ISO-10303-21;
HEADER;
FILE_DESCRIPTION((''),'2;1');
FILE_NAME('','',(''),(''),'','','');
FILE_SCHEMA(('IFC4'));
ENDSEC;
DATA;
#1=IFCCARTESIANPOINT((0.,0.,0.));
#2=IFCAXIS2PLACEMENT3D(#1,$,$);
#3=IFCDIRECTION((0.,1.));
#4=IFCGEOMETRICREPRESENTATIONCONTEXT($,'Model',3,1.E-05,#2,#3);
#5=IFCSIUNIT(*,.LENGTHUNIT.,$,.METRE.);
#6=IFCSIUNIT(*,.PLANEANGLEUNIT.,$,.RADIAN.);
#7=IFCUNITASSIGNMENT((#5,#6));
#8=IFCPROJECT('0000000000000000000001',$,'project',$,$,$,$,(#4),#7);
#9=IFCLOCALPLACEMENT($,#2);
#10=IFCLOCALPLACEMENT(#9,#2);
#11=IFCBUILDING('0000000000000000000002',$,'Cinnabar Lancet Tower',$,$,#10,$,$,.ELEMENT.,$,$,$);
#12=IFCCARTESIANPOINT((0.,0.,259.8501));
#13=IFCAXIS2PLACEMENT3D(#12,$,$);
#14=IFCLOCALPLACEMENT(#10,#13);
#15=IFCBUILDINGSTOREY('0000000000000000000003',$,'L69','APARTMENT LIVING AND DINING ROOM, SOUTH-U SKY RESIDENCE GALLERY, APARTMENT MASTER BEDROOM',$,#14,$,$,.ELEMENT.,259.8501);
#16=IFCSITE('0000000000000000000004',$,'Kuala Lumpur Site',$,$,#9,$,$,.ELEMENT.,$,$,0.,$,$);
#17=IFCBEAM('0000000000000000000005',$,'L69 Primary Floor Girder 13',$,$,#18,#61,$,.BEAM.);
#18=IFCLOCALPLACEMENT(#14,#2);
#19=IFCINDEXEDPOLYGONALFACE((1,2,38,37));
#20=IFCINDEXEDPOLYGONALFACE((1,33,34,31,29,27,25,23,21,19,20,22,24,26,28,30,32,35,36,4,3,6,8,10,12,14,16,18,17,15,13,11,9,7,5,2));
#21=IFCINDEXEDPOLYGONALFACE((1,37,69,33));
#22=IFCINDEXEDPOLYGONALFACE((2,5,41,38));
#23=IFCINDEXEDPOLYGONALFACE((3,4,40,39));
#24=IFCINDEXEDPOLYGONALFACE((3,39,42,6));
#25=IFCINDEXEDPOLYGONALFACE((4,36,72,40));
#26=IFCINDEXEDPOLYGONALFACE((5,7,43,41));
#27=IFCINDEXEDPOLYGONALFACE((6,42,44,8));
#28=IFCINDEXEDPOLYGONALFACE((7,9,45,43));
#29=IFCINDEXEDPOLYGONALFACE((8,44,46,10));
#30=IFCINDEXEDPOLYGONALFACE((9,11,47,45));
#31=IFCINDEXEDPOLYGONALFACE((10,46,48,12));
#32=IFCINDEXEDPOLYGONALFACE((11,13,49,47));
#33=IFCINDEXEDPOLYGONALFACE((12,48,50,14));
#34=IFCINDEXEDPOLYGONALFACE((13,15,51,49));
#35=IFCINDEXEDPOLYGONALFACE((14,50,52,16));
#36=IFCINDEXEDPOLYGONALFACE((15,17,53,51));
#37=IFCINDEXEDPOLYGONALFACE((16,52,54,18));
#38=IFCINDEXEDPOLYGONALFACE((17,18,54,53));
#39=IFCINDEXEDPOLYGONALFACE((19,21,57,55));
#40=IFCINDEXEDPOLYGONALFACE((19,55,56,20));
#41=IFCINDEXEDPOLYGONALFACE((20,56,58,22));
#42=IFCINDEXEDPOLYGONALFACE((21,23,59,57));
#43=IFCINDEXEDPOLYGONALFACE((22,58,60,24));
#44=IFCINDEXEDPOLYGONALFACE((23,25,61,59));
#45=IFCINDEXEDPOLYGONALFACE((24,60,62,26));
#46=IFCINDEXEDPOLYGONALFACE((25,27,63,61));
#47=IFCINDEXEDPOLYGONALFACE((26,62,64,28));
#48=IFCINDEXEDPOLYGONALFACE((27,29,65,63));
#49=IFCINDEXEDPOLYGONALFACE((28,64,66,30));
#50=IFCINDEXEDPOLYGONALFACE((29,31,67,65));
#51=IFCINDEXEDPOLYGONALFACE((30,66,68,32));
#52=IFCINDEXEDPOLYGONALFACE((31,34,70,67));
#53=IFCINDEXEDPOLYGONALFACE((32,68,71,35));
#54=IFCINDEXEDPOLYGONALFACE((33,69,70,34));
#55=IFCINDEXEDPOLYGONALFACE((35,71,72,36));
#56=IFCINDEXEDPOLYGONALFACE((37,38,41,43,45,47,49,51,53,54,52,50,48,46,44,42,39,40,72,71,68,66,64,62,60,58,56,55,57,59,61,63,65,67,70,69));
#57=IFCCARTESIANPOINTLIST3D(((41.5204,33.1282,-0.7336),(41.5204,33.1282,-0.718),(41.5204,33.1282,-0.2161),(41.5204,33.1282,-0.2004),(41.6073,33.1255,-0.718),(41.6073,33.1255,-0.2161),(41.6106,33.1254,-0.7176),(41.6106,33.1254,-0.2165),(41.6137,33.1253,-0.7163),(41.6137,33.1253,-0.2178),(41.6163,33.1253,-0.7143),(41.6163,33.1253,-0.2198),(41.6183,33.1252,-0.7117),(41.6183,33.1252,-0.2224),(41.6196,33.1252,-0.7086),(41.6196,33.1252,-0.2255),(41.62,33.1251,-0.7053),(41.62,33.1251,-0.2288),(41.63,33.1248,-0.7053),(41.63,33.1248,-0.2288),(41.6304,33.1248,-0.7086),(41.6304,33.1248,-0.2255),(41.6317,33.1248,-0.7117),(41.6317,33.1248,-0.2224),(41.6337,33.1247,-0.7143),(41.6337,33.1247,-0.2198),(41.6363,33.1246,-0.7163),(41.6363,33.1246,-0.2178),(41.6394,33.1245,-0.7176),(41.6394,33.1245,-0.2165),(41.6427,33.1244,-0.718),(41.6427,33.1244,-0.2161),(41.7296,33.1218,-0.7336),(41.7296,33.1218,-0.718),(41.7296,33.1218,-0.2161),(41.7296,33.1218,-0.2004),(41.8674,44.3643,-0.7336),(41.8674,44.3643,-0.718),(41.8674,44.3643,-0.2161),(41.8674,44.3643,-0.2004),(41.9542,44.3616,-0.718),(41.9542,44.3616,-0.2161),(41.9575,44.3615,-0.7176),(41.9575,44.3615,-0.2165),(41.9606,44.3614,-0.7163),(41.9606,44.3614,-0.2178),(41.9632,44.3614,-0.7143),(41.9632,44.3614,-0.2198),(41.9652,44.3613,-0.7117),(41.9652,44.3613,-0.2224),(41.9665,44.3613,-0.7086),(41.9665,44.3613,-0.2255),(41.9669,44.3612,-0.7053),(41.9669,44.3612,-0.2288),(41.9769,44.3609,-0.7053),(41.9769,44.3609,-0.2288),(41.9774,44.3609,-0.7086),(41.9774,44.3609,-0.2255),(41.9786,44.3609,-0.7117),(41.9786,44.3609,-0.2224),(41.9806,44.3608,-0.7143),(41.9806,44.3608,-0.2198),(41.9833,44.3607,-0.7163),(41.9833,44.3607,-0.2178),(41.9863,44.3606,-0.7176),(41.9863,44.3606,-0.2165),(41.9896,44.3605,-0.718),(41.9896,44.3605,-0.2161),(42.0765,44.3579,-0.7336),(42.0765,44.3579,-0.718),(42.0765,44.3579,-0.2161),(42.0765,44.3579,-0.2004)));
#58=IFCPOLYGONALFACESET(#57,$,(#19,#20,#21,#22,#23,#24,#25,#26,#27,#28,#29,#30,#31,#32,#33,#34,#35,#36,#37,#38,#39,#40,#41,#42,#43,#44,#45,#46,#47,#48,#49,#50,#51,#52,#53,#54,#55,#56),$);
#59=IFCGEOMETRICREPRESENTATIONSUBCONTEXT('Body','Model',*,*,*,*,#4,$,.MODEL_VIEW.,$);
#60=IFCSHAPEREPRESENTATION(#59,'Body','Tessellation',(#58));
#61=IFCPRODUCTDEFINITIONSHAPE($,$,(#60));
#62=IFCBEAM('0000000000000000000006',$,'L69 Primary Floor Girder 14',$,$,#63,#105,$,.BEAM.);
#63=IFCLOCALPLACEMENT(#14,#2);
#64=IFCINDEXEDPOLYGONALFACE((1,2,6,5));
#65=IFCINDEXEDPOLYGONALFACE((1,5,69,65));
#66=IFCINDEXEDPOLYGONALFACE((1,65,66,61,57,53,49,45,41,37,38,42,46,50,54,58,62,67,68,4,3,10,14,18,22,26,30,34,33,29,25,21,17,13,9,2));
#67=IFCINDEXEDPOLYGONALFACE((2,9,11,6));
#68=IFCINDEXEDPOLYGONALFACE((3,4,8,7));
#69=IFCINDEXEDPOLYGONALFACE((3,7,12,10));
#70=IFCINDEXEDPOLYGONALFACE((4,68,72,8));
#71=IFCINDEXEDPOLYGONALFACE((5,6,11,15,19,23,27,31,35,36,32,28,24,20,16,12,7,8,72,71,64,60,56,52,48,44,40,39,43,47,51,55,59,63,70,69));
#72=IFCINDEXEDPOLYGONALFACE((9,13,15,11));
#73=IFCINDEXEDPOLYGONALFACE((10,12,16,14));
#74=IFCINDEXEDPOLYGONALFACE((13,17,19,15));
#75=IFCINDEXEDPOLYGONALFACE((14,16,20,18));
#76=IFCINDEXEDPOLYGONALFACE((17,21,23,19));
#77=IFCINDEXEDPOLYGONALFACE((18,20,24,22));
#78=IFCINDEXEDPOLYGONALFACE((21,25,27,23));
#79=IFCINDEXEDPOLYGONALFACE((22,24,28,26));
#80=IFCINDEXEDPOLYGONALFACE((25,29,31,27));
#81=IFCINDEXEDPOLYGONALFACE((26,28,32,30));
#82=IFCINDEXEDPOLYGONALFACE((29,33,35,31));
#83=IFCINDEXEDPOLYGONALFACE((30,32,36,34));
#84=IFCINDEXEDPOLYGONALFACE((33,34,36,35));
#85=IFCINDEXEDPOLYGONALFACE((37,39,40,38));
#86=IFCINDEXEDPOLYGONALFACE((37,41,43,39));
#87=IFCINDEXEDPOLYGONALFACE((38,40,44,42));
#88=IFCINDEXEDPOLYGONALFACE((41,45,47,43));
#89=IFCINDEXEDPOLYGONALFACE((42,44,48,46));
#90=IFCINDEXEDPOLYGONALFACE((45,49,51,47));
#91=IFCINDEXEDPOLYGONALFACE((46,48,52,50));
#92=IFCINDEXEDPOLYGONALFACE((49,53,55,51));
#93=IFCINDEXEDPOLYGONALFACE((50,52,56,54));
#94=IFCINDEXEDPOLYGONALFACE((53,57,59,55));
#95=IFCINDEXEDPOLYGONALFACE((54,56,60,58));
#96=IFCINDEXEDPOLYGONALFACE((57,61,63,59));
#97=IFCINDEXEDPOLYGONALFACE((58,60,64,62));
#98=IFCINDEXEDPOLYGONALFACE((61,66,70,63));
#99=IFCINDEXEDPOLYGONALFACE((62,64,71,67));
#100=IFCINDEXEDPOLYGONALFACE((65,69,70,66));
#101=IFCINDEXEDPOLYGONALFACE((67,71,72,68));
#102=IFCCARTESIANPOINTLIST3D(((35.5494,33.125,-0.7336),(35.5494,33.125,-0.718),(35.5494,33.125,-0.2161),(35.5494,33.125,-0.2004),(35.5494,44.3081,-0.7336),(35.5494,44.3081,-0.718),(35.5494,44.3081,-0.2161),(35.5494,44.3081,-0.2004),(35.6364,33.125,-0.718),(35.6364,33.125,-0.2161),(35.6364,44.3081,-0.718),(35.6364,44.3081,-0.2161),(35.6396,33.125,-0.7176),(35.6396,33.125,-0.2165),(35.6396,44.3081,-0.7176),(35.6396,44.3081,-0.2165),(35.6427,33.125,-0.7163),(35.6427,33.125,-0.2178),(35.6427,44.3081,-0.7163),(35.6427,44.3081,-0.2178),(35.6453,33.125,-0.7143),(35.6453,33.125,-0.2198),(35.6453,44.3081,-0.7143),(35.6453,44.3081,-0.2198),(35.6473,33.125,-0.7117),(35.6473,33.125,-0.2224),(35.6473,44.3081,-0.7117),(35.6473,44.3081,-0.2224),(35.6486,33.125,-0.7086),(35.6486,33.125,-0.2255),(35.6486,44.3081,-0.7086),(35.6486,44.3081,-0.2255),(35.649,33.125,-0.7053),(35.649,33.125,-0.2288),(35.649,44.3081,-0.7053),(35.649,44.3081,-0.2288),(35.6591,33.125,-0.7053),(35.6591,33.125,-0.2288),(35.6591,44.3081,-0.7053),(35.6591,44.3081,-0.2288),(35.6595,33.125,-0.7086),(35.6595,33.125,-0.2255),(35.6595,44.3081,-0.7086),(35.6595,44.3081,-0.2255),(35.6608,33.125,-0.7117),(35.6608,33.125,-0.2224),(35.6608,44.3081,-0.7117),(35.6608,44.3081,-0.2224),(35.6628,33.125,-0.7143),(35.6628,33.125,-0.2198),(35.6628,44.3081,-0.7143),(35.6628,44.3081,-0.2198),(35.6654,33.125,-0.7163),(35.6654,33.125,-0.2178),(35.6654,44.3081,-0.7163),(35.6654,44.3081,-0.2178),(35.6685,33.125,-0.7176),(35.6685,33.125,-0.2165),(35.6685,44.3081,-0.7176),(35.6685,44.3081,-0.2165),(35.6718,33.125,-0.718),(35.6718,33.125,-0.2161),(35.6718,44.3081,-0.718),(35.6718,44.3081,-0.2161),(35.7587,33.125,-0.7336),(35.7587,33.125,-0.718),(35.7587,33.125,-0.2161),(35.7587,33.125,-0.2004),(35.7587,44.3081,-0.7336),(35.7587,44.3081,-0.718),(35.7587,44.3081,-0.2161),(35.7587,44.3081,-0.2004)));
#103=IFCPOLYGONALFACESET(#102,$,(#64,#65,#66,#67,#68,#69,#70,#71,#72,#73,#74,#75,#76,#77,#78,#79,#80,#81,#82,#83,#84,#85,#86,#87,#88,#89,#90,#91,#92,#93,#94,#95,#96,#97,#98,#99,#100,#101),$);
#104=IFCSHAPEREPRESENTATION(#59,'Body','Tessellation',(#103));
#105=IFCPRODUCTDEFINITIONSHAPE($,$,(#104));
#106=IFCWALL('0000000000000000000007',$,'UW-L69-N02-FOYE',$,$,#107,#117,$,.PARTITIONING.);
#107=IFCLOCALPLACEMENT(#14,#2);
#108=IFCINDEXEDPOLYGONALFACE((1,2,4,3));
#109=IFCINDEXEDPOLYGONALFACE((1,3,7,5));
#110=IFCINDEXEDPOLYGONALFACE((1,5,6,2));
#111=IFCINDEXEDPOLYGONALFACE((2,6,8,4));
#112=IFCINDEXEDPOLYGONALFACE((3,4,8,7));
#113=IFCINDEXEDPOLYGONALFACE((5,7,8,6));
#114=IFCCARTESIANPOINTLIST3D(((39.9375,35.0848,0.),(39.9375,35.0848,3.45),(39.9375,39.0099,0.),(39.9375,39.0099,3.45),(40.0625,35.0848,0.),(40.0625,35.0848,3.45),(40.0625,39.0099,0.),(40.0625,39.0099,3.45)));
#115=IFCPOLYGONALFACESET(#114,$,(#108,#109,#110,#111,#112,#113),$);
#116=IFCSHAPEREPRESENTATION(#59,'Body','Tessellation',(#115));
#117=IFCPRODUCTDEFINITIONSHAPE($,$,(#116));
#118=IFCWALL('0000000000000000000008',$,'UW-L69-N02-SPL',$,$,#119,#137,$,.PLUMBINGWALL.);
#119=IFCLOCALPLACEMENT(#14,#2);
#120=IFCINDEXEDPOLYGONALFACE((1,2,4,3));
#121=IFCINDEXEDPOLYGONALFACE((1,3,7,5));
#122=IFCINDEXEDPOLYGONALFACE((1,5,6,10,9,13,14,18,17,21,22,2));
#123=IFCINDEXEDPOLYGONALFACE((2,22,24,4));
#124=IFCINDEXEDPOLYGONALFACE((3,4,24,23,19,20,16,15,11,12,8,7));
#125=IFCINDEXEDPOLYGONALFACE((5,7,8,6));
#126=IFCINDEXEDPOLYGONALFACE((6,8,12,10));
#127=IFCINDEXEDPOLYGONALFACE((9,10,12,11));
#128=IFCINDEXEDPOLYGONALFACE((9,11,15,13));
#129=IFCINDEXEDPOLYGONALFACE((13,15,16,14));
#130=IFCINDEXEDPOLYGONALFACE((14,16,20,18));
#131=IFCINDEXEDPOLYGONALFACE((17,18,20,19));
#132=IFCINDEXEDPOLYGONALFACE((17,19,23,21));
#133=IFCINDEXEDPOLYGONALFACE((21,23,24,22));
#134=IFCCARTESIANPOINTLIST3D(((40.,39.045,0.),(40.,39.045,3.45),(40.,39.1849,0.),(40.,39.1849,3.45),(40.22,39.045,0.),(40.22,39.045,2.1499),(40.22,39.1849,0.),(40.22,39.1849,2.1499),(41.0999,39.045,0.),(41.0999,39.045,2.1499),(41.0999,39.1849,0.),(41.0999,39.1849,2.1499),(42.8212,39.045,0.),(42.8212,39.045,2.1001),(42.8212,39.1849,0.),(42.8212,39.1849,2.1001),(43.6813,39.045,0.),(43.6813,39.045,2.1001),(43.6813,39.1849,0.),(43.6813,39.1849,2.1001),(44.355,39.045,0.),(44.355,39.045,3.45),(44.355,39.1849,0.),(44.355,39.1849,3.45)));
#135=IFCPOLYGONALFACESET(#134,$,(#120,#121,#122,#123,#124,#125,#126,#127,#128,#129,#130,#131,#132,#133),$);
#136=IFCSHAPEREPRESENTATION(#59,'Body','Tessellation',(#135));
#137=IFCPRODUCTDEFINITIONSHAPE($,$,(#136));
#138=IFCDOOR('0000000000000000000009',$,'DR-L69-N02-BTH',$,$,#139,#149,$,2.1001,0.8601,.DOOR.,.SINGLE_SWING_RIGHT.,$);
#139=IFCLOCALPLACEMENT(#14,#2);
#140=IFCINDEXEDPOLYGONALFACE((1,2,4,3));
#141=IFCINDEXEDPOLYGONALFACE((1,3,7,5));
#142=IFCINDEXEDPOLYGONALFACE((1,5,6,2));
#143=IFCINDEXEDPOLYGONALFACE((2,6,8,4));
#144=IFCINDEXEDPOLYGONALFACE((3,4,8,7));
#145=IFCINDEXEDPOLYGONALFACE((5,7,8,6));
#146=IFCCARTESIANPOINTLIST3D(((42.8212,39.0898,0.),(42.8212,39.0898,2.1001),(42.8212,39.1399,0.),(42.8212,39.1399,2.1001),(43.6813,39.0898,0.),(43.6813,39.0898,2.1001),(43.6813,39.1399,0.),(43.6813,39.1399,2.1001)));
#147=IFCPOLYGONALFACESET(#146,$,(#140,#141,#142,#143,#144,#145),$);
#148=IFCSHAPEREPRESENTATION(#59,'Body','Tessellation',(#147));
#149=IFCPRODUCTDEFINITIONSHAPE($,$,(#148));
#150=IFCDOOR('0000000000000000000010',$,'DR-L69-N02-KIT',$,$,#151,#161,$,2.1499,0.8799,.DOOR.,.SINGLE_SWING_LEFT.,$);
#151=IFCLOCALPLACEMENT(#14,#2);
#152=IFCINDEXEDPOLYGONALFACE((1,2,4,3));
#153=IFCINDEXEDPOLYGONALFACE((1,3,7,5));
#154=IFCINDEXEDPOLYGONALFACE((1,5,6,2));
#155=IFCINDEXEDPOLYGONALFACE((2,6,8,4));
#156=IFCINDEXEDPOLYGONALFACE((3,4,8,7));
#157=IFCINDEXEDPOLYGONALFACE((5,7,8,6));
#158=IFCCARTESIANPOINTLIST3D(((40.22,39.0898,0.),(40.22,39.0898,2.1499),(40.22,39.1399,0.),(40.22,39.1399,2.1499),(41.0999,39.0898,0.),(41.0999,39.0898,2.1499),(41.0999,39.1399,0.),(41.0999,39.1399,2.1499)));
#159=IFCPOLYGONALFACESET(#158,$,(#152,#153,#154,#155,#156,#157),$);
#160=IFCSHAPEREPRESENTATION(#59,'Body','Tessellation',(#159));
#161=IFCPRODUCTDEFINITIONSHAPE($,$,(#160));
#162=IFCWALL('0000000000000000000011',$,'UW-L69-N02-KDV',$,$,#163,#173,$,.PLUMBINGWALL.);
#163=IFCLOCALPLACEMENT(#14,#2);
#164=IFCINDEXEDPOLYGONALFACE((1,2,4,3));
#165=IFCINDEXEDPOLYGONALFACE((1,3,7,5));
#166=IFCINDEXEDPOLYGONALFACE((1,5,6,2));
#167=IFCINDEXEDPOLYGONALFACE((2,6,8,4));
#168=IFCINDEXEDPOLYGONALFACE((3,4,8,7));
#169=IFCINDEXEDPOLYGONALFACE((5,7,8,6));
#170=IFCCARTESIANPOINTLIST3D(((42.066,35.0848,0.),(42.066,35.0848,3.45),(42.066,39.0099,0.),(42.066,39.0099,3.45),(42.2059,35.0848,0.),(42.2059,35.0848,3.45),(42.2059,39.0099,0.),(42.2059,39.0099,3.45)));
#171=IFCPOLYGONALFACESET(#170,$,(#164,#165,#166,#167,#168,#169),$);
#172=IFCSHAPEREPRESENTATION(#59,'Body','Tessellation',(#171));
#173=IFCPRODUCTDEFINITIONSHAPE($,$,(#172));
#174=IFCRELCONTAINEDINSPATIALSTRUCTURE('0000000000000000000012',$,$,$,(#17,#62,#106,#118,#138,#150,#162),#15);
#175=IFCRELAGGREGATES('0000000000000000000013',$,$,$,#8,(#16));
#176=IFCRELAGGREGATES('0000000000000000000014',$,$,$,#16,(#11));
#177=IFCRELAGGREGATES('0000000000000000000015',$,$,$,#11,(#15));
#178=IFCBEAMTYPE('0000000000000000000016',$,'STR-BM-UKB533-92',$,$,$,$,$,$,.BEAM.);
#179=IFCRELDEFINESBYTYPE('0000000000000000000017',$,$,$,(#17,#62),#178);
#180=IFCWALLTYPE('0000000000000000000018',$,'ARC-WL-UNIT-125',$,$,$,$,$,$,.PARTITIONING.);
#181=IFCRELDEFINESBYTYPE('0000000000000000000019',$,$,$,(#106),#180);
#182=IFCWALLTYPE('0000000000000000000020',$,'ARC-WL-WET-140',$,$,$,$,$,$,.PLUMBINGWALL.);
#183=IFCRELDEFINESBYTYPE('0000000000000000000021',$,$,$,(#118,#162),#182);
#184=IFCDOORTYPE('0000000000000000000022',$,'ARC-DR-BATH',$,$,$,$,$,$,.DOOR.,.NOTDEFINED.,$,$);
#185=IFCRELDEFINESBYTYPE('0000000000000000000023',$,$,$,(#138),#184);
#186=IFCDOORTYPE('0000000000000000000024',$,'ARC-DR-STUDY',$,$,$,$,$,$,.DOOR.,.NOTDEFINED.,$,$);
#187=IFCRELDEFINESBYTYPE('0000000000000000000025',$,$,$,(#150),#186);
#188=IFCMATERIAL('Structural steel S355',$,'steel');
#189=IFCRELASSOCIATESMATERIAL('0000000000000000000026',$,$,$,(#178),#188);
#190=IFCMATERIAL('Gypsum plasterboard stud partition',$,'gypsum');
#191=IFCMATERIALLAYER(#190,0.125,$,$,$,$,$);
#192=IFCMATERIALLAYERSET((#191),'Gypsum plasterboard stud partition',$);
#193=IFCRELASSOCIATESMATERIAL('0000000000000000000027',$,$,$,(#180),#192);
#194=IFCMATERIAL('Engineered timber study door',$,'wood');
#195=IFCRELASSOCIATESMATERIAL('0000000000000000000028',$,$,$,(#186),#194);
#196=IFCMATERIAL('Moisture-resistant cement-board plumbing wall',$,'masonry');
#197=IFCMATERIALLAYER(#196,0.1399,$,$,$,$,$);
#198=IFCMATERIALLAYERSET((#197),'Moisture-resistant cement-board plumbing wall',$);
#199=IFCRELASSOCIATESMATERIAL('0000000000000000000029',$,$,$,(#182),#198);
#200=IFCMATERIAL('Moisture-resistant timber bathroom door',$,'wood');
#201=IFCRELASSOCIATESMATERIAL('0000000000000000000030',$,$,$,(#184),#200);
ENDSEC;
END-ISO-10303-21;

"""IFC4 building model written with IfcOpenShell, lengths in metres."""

from ifc_helpers import new_model, si_unit, direction, frame, frame_2d, origin, origin_2d, place, context, subcontext, project, spatial, rectangle, i_section, extrude, material, layer, layer_set, material_profile, profile_set, type_object, element, fill, save


model = new_model("IFC4")

# Units and contexts
model_context = context("Model", 3, precision=1e-05, world=origin(), true_north=direction((0.0, 1.0)))
body_context = subcontext(model_context, "Body", "Model", "MODEL_VIEW")
ifc_project = project(units=[si_unit("LENGTHUNIT", "METRE"), si_unit("PLANEANGLEUNIT", "RADIAN")], contexts=[model_context])

# Site, building, storey
site_placement = place(None, origin())
site = spatial("IfcSite", under=ifc_project, at=site_placement, Name="Kuala Lumpur Site", CompositionType="ELEMENT", RefElevation=0.0)
building_placement = place(site_placement, origin())
building = spatial("IfcBuilding", under=site, at=building_placement, Name="Cinnabar Lancet Tower", CompositionType="ELEMENT")
storey_placement = place(building_placement, frame((0.0, 0.0, 259.8501)))
storey = spatial("IfcBuildingStorey", under=building, at=storey_placement, Name="L69", Description="APARTMENT LIVING AND DINING ROOM, SOUTH-U SKY RESIDENCE GALLERY, APARTMENT MASTER BEDROOM", CompositionType="ELEMENT", Elevation=259.8501)

# Beams
ifc_material_1 = material(Name="Structural steel S355", Category="steel")
ifc_material_profile_1 = material_profile(ifc_material_1, i_section(OverallWidth=0.2092, OverallDepth=0.5332, WebThickness=0.01, FlangeThickness=0.0156, FilletRadius=0.0127, at=origin_2d()), Name="UKB 533x210x92")
ifc_profile_set_1 = profile_set([ifc_material_profile_1], Name="Structural steel S355")
beam_type_1 = type_object("IfcBeamType", Name="STR-BM-UKB533-92", PredefinedType="BEAM", material=ifc_profile_set_1)
beam_1_placement = place(storey_placement, frame((41.9719, 44.3611, -0.467), z_axis=(-0.030861, -0.999524, 0.0), x_axis=(0.999524, -0.030861, 0.0)))
element("IfcBeam", 1, at=beam_1_placement, inside=storey, type_object=beam_type_1, Name="L69 Primary Floor Girder 13", PredefinedType="BEAM", context=body_context, shape_type="SweptSolid", body=[
    extrude(i_section(OverallWidth=0.2092, OverallDepth=0.5332, WebThickness=0.01, FlangeThickness=0.0156, FilletRadius=0.0127, at=origin_2d()), origin(), (0.0, 0.0, 1.0), 11.2415),
])
beam_2_placement = place(storey_placement, frame((35.6541, 44.3081, -0.467), z_axis=(0.0, -1.0, 0.0), x_axis=(1.0, 0.0, 0.0)))
element("IfcBeam", 2, at=beam_2_placement, inside=storey, type_object=beam_type_1, Name="L69 Primary Floor Girder 14", PredefinedType="BEAM", context=body_context, shape_type="SweptSolid", body=[
    extrude(i_section(OverallWidth=0.2092, OverallDepth=0.5332, WebThickness=0.01, FlangeThickness=0.0156, FilletRadius=0.0127, at=origin_2d()), origin(), (0.0, 0.0, 1.0), 11.1831),
])

# Wall
ifc_material_2 = material(Name="Gypsum plasterboard stud partition", Category="gypsum")
ifc_layer_1 = layer(ifc_material_2, 0.125)
ifc_layer_set_1 = layer_set([ifc_layer_1], Name="Gypsum plasterboard stud partition")
wall_type_1 = type_object("IfcWallType", Name="ARC-WL-UNIT-125", PredefinedType="PARTITIONING", material=ifc_layer_set_1)
wall_1_placement = place(storey_placement, frame((40.0, 35.085, 0.0), z_axis=(0.0, 0.0, 1.0), x_axis=(0.0, 1.0, 0.0)))
element("IfcWall", 3, at=wall_1_placement, inside=storey, type_object=wall_type_1, Name="UW-L69-N02-FOYE", PredefinedType="PARTITIONING", context=body_context, shape_type="SweptSolid", body=[
    extrude(rectangle(XDim=3.925, YDim=0.125, at=frame_2d((1.9624, 0.0))), origin(), (0.0, 0.0, 1.0), 3.45),
])

# Shared definitions
ifc_material_3 = material(Name="Engineered timber study door", Category="wood")
door_type_1 = type_object("IfcDoorType", Name="ARC-DR-STUDY", OperationType="NOTDEFINED", PredefinedType="DOOR", material=ifc_material_3)

# Wall, openings, doors
ifc_material_4 = material(Name="Moisture-resistant cement-board plumbing wall", Category="masonry")
ifc_layer_2 = layer(ifc_material_4, 0.1399)
ifc_layer_set_2 = layer_set([ifc_layer_2], Name="Moisture-resistant cement-board plumbing wall")
wall_type_2 = type_object("IfcWallType", Name="ARC-WL-WET-140", PredefinedType="PLUMBINGWALL", material=ifc_layer_set_2)
wall_2_placement = place(storey_placement, frame((40.0, 39.115, 0.0), z_axis=(0.0, 0.0, 1.0), x_axis=(1.0, 0.0, 0.0)))
wall_2 = element("IfcWall", 4, at=wall_2_placement, inside=storey, type_object=wall_type_2, Name="UW-L69-N02-SPL", PredefinedType="PLUMBINGWALL", context=body_context, shape_type="SweptSolid", body=[
    extrude(rectangle(XDim=4.355, YDim=0.1399, at=frame_2d((2.1775, 0.0))), origin(), (0.0, 0.0, 1.0), 3.45),
])
opening_1_placement = place(wall_2_placement, frame((2.821, 0.0, 0.0)))
opening_1 = element("IfcOpeningElement", 5, at=opening_1_placement, cuts=wall_2, PredefinedType="OPENING", context=body_context, shape_type="SweptSolid", body=[
    extrude(rectangle(XDim=0.8601, YDim=2.1001, at=frame_2d((0.4302, 1.05))), frame((0.0, 0.0798, 0.0), z_axis=(0.0, -1.0, 0.0), x_axis=(1.0, 0.0, 0.0)), (0.0, 0.0, 1.0), 0.1599),
])
opening_2_placement = place(wall_2_placement, frame((0.22, 0.0, 0.0)))
opening_2 = element("IfcOpeningElement", 6, at=opening_2_placement, cuts=wall_2, PredefinedType="OPENING", context=body_context, shape_type="SweptSolid", body=[
    extrude(rectangle(XDim=0.8799, YDim=2.1499, at=frame_2d((0.4399, 1.075))), frame((0.0, 0.0798, 0.0), z_axis=(0.0, -1.0, 0.0), x_axis=(1.0, 0.0, 0.0)), (0.0, 0.0, 1.0), 0.1599),
])
ifc_material_5 = material(Name="Moisture-resistant timber bathroom door", Category="wood")
door_type_2 = type_object("IfcDoorType", Name="ARC-DR-BATH", OperationType="NOTDEFINED", PredefinedType="DOOR", material=ifc_material_5)
door_1_placement = place(opening_1_placement, origin())
door_1 = element("IfcDoor", 7, at=door_1_placement, inside=storey, type_object=door_type_2, Name="DR-L69-N02-BTH", OperationType="SINGLE_SWING_RIGHT", OverallHeight=2.1001, OverallWidth=0.8601, PredefinedType="DOOR", context=body_context, shape_type="SweptSolid", body=[
    extrude(rectangle(XDim=0.8601, YDim=2.1001, at=frame_2d((0.4302, 1.05))), frame((0.0, 0.0249, 0.0), z_axis=(0.0, -1.0, 0.0), x_axis=(1.0, 0.0, 0.0)), (0.0, 0.0, 1.0), 0.05),
])
fill(opening_1, door_1)
door_2_placement = place(opening_2_placement, origin())
door_2 = element("IfcDoor", 8, at=door_2_placement, inside=storey, type_object=door_type_1, Name="DR-L69-N02-KIT", OperationType="SINGLE_SWING_LEFT", OverallHeight=2.1499, OverallWidth=0.8799, PredefinedType="DOOR", context=body_context, shape_type="SweptSolid", body=[
    extrude(rectangle(XDim=0.8799, YDim=2.1499, at=frame_2d((0.4399, 1.075))), frame((0.0, 0.0249, 0.0), z_axis=(0.0, -1.0, 0.0), x_axis=(1.0, 0.0, 0.0)), (0.0, 0.0, 1.0), 0.05),
])
fill(opening_2, door_2)

# Wall
wall_3_placement = place(storey_placement, frame((42.136, 35.085, 0.0), z_axis=(0.0, 0.0, 1.0), x_axis=(0.0, 1.0, 0.0)))
element("IfcWall", 9, at=wall_3_placement, inside=storey, type_object=wall_type_2, Name="UW-L69-N02-KDV", PredefinedType="PLUMBINGWALL", context=body_context, shape_type="SweptSolid", body=[
    extrude(rectangle(XDim=3.925, YDim=0.1399, at=frame_2d((1.9624, 0.0))), origin(), (0.0, 0.0, 1.0), 3.45),
])

save(model, "model.ifc")
